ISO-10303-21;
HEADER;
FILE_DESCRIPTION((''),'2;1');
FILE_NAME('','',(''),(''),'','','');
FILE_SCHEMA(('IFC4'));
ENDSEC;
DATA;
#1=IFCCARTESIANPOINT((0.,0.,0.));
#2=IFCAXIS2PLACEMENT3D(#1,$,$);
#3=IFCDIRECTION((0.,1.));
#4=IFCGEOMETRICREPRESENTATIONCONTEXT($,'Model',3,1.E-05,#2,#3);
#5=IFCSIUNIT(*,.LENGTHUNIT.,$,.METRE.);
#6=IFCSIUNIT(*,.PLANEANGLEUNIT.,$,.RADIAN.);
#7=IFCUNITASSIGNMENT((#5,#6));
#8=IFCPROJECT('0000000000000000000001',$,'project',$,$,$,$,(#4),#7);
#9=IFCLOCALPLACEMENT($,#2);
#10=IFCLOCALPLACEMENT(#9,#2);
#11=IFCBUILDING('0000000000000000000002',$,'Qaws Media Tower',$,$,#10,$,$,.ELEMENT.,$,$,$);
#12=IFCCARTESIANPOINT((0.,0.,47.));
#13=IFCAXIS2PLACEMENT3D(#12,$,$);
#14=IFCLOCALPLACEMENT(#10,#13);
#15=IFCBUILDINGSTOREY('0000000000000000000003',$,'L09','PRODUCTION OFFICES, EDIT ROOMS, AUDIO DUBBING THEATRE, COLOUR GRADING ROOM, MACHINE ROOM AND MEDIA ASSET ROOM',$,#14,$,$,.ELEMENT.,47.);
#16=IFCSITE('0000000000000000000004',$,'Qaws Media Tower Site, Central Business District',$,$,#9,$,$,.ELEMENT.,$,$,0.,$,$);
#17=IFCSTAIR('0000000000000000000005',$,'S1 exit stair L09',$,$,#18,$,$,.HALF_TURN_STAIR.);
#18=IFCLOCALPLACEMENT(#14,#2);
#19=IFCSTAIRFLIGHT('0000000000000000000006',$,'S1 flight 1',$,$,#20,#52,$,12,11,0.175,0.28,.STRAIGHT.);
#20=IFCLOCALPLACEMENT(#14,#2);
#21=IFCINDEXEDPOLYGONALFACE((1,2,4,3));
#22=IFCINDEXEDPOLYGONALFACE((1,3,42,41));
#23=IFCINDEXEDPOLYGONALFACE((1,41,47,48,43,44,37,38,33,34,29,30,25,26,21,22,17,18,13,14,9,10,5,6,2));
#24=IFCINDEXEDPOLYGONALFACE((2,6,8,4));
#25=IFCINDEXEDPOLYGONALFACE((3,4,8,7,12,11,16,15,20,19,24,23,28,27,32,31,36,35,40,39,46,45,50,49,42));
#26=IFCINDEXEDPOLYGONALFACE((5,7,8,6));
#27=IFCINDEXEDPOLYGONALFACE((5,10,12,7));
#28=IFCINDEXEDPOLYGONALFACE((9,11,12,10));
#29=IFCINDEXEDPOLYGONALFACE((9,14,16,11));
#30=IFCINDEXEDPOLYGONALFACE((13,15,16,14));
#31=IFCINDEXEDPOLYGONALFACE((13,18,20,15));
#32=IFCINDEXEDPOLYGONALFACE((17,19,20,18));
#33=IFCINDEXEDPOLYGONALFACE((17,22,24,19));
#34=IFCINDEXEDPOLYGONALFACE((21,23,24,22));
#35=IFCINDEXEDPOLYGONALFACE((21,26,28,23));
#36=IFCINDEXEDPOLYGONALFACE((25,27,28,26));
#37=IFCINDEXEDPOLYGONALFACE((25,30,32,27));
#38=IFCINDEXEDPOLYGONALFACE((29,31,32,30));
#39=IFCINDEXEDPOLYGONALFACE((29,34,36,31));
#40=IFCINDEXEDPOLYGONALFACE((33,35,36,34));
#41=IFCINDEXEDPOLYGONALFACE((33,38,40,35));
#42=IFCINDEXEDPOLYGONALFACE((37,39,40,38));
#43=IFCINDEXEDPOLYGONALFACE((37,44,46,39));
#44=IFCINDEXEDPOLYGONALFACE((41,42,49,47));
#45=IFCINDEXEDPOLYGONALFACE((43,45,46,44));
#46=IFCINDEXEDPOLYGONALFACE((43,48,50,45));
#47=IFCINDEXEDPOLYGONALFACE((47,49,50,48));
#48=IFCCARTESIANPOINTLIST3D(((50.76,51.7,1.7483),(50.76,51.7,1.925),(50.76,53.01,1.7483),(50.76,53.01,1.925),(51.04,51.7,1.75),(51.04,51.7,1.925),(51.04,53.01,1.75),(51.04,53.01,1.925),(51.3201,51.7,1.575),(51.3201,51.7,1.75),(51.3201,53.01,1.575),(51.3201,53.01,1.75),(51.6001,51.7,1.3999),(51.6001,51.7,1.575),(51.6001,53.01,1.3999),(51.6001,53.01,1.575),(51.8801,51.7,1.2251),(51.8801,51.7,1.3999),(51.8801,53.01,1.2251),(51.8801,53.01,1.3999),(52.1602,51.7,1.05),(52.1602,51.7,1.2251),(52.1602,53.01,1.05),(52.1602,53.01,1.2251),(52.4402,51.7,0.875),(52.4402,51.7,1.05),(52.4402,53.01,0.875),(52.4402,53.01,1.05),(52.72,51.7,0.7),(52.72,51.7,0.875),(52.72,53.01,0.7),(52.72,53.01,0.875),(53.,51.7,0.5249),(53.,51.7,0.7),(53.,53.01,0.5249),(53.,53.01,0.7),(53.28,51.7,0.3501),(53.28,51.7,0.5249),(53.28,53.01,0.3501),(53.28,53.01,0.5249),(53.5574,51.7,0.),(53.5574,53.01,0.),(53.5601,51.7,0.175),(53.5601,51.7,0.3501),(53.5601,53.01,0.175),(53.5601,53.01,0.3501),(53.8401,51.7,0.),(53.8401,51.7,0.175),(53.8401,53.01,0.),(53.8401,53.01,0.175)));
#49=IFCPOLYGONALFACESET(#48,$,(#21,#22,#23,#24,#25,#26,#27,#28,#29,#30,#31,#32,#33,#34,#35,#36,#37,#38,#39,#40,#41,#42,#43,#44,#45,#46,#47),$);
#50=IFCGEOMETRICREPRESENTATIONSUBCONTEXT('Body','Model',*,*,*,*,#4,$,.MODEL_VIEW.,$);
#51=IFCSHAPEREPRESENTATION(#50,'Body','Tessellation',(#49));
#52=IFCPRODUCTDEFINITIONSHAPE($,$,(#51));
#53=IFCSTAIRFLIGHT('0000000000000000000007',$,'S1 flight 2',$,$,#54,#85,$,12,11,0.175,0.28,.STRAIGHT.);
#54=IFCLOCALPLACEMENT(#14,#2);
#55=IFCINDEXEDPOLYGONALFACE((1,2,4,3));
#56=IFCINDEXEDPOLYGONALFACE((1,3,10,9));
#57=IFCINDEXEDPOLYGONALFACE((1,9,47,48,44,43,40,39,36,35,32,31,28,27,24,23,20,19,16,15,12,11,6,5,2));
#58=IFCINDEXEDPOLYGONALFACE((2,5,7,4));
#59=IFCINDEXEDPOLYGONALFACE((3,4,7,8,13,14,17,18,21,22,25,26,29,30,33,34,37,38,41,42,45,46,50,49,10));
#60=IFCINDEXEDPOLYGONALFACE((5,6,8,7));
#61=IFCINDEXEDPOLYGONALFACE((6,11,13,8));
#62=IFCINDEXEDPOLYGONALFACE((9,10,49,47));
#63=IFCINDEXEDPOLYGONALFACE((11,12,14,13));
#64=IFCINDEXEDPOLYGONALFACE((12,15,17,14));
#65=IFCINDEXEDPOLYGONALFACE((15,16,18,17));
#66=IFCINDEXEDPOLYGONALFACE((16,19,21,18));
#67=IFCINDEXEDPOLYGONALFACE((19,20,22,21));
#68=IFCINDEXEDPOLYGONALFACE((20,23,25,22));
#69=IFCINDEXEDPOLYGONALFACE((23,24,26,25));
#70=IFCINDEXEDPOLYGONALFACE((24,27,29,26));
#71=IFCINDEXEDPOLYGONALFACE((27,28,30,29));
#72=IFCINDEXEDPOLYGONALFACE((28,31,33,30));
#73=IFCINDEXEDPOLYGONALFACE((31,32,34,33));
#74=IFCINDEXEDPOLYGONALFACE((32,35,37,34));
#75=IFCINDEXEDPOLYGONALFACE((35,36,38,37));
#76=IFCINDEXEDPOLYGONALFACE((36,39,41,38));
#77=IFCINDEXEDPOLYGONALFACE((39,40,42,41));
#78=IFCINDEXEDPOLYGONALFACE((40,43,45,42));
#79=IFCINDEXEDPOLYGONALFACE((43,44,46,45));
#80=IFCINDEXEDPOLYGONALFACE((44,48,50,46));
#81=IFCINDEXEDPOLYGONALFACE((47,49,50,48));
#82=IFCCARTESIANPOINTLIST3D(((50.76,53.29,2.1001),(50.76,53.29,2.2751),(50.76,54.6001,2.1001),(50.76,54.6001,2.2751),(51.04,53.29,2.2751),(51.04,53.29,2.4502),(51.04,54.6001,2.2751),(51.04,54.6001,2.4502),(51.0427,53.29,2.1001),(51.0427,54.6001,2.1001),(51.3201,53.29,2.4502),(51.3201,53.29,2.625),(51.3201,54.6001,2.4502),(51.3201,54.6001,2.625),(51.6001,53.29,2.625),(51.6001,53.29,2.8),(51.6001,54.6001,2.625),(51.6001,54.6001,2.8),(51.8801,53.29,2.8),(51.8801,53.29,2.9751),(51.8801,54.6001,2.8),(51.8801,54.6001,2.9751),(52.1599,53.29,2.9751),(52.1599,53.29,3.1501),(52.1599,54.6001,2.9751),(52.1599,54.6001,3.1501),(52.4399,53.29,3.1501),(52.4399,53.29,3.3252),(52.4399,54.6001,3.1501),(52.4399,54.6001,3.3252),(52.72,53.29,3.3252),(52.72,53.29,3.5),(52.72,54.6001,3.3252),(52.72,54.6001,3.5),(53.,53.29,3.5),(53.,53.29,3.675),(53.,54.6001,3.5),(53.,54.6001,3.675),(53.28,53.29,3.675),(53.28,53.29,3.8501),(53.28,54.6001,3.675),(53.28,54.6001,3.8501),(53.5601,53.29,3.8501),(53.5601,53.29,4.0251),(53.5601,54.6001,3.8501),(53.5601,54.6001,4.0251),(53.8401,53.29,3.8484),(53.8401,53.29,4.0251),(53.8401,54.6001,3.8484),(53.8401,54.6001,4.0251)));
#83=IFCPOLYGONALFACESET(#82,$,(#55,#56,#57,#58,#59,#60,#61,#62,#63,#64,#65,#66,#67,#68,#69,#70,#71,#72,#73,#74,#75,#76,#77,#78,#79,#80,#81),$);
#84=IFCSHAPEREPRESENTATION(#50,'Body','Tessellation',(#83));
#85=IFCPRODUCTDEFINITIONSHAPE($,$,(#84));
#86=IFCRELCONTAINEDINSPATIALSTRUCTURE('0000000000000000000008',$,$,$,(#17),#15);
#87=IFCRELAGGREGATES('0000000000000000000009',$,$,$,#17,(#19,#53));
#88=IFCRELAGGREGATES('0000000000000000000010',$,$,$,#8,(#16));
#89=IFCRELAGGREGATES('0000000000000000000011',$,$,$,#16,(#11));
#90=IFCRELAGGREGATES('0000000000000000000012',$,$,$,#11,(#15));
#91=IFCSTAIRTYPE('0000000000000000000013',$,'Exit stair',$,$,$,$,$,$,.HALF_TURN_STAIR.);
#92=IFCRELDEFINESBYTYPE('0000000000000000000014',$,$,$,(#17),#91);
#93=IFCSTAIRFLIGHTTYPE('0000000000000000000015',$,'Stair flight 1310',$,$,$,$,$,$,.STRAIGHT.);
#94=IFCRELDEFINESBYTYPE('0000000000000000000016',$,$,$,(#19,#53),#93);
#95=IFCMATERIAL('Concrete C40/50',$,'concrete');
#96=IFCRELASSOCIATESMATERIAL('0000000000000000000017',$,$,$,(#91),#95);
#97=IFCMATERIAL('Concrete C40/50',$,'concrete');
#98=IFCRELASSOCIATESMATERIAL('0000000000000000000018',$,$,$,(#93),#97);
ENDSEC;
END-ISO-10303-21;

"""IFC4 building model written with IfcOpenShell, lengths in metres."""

from ifc_helpers import new_model, si_unit, direction, frame, origin, place, context, subcontext, project, spatial, polyline, outline, extrude, material, type_object, element, aggregate, save


model = new_model("IFC4")

# Units and contexts
model_context = context("Model", 3, precision=1e-05, world=origin(), true_north=direction((0.0, 1.0)))
body_context = subcontext(model_context, "Body", "Model", "MODEL_VIEW")
ifc_project = project(units=[si_unit("LENGTHUNIT", "METRE"), si_unit("PLANEANGLEUNIT", "RADIAN")], contexts=[model_context])

# Site, building, storey
site_placement = place(None, origin())
site = spatial("IfcSite", under=ifc_project, at=site_placement, Name="Qaws Media Tower Site, Central Business District", CompositionType="ELEMENT", RefElevation=0.0)
building_placement = place(site_placement, origin())
building = spatial("IfcBuilding", under=site, at=building_placement, Name="Qaws Media Tower", CompositionType="ELEMENT")
storey_placement = place(building_placement, frame((0.0, 0.0, 47.0)))
storey = spatial("IfcBuildingStorey", under=building, at=storey_placement, Name="L09", Description="PRODUCTION OFFICES, EDIT ROOMS, AUDIO DUBBING THEATRE, COLOUR GRADING ROOM, MACHINE ROOM AND MEDIA ASSET ROOM", CompositionType="ELEMENT", Elevation=47.0)

# Stair, stair flights
ifc_material_1 = material(Name="Concrete C40/50", Category="concrete")
stair_type = type_object("IfcStairType", Name="Exit stair", PredefinedType="HALF_TURN_STAIR", material=ifc_material_1)
stair_placement = place(storey_placement, origin())
stair = element("IfcStair", 1, at=stair_placement, inside=storey, type_object=stair_type, Name="S1 exit stair L09", PredefinedType="HALF_TURN_STAIR")
ifc_material_2 = material(Name="Concrete C40/50", Category="concrete")
stair_flight_type = type_object("IfcStairFlightType", Name="Stair flight 1310", PredefinedType="STRAIGHT", material=ifc_material_2)
stair_flight_1_placement = place(storey_placement, frame((53.8401, 52.355, 0.0), z_axis=(0.0, 0.0, 1.0), x_axis=(-1.0, 0.0, 0.0)))
stair_flight_1 = element("IfcStairFlight", 2, at=stair_flight_1_placement, type_object=stair_flight_type, Name="S1 flight 1", NumberOfRisers=12, NumberOfTreads=11, PredefinedType="STRAIGHT", RiserHeight=0.175, TreadLength=0.28, context=body_context, shape_type="SweptSolid", body=[
    extrude(outline(polyline([(0.0, 0.0), (0.0, 0.175), (0.28, 0.175), (0.28, 0.3501), (0.5601, 0.3501), (0.5601, 0.5249), (0.8401, 0.5249), (0.8401, 0.7), (1.1201, 0.7), (1.1201, 0.875), (1.3999, 0.875), (1.3999, 1.05), (1.6799, 1.05), (1.6799, 1.2251), (1.96, 1.2251), (1.96, 1.3999), (2.24, 1.3999), (2.24, 1.575), (2.52, 1.575), (2.52, 1.75), (2.8, 1.75), (2.8, 1.925), (3.0801, 1.925), (3.0801, 2.1001), (3.0801, 1.7483), (0.2827, 0.0), (0.0, 0.0)])), frame((0.0, 0.655, 0.0), z_axis=(0.0, -1.0, 0.0), x_axis=(1.0, 0.0, 0.0)), (0.0, 0.0, 1.0), 1.3101),
])
stair_flight_2_placement = place(storey_placement, frame((50.76, 53.9451, 2.1001), z_axis=(0.0, 0.0, 1.0), x_axis=(1.0, 0.0, 0.0)))
stair_flight_2 = element("IfcStairFlight", 3, at=stair_flight_2_placement, type_object=stair_flight_type, Name="S1 flight 2", NumberOfRisers=12, NumberOfTreads=11, PredefinedType="STRAIGHT", RiserHeight=0.175, TreadLength=0.28, context=body_context, shape_type="SweptSolid", body=[
    extrude(outline(polyline([(0.0, 0.0), (0.0, 0.175), (0.28, 0.175), (0.28, 0.3501), (0.5601, 0.3501), (0.5601, 0.5249), (0.8401, 0.5249), (0.8401, 0.7), (1.1201, 0.7), (1.1201, 0.875), (1.3999, 0.875), (1.3999, 1.05), (1.6799, 1.05), (1.6799, 1.2251), (1.96, 1.2251), (1.96, 1.3999), (2.24, 1.3999), (2.24, 1.575), (2.52, 1.575), (2.52, 1.75), (2.8, 1.75), (2.8, 1.925), (3.0801, 1.925), (3.0801, 2.1001), (3.0801, 1.7483), (0.2827, 0.0), (0.0, 0.0)])), frame((0.0, 0.655, 0.0), z_axis=(0.0, -1.0, 0.0), x_axis=(1.0, 0.0, 0.0)), (0.0, 0.0, 1.0), 1.3101),
])
aggregate(stair, [stair_flight_1, stair_flight_2])

save(model, "model.ifc")
